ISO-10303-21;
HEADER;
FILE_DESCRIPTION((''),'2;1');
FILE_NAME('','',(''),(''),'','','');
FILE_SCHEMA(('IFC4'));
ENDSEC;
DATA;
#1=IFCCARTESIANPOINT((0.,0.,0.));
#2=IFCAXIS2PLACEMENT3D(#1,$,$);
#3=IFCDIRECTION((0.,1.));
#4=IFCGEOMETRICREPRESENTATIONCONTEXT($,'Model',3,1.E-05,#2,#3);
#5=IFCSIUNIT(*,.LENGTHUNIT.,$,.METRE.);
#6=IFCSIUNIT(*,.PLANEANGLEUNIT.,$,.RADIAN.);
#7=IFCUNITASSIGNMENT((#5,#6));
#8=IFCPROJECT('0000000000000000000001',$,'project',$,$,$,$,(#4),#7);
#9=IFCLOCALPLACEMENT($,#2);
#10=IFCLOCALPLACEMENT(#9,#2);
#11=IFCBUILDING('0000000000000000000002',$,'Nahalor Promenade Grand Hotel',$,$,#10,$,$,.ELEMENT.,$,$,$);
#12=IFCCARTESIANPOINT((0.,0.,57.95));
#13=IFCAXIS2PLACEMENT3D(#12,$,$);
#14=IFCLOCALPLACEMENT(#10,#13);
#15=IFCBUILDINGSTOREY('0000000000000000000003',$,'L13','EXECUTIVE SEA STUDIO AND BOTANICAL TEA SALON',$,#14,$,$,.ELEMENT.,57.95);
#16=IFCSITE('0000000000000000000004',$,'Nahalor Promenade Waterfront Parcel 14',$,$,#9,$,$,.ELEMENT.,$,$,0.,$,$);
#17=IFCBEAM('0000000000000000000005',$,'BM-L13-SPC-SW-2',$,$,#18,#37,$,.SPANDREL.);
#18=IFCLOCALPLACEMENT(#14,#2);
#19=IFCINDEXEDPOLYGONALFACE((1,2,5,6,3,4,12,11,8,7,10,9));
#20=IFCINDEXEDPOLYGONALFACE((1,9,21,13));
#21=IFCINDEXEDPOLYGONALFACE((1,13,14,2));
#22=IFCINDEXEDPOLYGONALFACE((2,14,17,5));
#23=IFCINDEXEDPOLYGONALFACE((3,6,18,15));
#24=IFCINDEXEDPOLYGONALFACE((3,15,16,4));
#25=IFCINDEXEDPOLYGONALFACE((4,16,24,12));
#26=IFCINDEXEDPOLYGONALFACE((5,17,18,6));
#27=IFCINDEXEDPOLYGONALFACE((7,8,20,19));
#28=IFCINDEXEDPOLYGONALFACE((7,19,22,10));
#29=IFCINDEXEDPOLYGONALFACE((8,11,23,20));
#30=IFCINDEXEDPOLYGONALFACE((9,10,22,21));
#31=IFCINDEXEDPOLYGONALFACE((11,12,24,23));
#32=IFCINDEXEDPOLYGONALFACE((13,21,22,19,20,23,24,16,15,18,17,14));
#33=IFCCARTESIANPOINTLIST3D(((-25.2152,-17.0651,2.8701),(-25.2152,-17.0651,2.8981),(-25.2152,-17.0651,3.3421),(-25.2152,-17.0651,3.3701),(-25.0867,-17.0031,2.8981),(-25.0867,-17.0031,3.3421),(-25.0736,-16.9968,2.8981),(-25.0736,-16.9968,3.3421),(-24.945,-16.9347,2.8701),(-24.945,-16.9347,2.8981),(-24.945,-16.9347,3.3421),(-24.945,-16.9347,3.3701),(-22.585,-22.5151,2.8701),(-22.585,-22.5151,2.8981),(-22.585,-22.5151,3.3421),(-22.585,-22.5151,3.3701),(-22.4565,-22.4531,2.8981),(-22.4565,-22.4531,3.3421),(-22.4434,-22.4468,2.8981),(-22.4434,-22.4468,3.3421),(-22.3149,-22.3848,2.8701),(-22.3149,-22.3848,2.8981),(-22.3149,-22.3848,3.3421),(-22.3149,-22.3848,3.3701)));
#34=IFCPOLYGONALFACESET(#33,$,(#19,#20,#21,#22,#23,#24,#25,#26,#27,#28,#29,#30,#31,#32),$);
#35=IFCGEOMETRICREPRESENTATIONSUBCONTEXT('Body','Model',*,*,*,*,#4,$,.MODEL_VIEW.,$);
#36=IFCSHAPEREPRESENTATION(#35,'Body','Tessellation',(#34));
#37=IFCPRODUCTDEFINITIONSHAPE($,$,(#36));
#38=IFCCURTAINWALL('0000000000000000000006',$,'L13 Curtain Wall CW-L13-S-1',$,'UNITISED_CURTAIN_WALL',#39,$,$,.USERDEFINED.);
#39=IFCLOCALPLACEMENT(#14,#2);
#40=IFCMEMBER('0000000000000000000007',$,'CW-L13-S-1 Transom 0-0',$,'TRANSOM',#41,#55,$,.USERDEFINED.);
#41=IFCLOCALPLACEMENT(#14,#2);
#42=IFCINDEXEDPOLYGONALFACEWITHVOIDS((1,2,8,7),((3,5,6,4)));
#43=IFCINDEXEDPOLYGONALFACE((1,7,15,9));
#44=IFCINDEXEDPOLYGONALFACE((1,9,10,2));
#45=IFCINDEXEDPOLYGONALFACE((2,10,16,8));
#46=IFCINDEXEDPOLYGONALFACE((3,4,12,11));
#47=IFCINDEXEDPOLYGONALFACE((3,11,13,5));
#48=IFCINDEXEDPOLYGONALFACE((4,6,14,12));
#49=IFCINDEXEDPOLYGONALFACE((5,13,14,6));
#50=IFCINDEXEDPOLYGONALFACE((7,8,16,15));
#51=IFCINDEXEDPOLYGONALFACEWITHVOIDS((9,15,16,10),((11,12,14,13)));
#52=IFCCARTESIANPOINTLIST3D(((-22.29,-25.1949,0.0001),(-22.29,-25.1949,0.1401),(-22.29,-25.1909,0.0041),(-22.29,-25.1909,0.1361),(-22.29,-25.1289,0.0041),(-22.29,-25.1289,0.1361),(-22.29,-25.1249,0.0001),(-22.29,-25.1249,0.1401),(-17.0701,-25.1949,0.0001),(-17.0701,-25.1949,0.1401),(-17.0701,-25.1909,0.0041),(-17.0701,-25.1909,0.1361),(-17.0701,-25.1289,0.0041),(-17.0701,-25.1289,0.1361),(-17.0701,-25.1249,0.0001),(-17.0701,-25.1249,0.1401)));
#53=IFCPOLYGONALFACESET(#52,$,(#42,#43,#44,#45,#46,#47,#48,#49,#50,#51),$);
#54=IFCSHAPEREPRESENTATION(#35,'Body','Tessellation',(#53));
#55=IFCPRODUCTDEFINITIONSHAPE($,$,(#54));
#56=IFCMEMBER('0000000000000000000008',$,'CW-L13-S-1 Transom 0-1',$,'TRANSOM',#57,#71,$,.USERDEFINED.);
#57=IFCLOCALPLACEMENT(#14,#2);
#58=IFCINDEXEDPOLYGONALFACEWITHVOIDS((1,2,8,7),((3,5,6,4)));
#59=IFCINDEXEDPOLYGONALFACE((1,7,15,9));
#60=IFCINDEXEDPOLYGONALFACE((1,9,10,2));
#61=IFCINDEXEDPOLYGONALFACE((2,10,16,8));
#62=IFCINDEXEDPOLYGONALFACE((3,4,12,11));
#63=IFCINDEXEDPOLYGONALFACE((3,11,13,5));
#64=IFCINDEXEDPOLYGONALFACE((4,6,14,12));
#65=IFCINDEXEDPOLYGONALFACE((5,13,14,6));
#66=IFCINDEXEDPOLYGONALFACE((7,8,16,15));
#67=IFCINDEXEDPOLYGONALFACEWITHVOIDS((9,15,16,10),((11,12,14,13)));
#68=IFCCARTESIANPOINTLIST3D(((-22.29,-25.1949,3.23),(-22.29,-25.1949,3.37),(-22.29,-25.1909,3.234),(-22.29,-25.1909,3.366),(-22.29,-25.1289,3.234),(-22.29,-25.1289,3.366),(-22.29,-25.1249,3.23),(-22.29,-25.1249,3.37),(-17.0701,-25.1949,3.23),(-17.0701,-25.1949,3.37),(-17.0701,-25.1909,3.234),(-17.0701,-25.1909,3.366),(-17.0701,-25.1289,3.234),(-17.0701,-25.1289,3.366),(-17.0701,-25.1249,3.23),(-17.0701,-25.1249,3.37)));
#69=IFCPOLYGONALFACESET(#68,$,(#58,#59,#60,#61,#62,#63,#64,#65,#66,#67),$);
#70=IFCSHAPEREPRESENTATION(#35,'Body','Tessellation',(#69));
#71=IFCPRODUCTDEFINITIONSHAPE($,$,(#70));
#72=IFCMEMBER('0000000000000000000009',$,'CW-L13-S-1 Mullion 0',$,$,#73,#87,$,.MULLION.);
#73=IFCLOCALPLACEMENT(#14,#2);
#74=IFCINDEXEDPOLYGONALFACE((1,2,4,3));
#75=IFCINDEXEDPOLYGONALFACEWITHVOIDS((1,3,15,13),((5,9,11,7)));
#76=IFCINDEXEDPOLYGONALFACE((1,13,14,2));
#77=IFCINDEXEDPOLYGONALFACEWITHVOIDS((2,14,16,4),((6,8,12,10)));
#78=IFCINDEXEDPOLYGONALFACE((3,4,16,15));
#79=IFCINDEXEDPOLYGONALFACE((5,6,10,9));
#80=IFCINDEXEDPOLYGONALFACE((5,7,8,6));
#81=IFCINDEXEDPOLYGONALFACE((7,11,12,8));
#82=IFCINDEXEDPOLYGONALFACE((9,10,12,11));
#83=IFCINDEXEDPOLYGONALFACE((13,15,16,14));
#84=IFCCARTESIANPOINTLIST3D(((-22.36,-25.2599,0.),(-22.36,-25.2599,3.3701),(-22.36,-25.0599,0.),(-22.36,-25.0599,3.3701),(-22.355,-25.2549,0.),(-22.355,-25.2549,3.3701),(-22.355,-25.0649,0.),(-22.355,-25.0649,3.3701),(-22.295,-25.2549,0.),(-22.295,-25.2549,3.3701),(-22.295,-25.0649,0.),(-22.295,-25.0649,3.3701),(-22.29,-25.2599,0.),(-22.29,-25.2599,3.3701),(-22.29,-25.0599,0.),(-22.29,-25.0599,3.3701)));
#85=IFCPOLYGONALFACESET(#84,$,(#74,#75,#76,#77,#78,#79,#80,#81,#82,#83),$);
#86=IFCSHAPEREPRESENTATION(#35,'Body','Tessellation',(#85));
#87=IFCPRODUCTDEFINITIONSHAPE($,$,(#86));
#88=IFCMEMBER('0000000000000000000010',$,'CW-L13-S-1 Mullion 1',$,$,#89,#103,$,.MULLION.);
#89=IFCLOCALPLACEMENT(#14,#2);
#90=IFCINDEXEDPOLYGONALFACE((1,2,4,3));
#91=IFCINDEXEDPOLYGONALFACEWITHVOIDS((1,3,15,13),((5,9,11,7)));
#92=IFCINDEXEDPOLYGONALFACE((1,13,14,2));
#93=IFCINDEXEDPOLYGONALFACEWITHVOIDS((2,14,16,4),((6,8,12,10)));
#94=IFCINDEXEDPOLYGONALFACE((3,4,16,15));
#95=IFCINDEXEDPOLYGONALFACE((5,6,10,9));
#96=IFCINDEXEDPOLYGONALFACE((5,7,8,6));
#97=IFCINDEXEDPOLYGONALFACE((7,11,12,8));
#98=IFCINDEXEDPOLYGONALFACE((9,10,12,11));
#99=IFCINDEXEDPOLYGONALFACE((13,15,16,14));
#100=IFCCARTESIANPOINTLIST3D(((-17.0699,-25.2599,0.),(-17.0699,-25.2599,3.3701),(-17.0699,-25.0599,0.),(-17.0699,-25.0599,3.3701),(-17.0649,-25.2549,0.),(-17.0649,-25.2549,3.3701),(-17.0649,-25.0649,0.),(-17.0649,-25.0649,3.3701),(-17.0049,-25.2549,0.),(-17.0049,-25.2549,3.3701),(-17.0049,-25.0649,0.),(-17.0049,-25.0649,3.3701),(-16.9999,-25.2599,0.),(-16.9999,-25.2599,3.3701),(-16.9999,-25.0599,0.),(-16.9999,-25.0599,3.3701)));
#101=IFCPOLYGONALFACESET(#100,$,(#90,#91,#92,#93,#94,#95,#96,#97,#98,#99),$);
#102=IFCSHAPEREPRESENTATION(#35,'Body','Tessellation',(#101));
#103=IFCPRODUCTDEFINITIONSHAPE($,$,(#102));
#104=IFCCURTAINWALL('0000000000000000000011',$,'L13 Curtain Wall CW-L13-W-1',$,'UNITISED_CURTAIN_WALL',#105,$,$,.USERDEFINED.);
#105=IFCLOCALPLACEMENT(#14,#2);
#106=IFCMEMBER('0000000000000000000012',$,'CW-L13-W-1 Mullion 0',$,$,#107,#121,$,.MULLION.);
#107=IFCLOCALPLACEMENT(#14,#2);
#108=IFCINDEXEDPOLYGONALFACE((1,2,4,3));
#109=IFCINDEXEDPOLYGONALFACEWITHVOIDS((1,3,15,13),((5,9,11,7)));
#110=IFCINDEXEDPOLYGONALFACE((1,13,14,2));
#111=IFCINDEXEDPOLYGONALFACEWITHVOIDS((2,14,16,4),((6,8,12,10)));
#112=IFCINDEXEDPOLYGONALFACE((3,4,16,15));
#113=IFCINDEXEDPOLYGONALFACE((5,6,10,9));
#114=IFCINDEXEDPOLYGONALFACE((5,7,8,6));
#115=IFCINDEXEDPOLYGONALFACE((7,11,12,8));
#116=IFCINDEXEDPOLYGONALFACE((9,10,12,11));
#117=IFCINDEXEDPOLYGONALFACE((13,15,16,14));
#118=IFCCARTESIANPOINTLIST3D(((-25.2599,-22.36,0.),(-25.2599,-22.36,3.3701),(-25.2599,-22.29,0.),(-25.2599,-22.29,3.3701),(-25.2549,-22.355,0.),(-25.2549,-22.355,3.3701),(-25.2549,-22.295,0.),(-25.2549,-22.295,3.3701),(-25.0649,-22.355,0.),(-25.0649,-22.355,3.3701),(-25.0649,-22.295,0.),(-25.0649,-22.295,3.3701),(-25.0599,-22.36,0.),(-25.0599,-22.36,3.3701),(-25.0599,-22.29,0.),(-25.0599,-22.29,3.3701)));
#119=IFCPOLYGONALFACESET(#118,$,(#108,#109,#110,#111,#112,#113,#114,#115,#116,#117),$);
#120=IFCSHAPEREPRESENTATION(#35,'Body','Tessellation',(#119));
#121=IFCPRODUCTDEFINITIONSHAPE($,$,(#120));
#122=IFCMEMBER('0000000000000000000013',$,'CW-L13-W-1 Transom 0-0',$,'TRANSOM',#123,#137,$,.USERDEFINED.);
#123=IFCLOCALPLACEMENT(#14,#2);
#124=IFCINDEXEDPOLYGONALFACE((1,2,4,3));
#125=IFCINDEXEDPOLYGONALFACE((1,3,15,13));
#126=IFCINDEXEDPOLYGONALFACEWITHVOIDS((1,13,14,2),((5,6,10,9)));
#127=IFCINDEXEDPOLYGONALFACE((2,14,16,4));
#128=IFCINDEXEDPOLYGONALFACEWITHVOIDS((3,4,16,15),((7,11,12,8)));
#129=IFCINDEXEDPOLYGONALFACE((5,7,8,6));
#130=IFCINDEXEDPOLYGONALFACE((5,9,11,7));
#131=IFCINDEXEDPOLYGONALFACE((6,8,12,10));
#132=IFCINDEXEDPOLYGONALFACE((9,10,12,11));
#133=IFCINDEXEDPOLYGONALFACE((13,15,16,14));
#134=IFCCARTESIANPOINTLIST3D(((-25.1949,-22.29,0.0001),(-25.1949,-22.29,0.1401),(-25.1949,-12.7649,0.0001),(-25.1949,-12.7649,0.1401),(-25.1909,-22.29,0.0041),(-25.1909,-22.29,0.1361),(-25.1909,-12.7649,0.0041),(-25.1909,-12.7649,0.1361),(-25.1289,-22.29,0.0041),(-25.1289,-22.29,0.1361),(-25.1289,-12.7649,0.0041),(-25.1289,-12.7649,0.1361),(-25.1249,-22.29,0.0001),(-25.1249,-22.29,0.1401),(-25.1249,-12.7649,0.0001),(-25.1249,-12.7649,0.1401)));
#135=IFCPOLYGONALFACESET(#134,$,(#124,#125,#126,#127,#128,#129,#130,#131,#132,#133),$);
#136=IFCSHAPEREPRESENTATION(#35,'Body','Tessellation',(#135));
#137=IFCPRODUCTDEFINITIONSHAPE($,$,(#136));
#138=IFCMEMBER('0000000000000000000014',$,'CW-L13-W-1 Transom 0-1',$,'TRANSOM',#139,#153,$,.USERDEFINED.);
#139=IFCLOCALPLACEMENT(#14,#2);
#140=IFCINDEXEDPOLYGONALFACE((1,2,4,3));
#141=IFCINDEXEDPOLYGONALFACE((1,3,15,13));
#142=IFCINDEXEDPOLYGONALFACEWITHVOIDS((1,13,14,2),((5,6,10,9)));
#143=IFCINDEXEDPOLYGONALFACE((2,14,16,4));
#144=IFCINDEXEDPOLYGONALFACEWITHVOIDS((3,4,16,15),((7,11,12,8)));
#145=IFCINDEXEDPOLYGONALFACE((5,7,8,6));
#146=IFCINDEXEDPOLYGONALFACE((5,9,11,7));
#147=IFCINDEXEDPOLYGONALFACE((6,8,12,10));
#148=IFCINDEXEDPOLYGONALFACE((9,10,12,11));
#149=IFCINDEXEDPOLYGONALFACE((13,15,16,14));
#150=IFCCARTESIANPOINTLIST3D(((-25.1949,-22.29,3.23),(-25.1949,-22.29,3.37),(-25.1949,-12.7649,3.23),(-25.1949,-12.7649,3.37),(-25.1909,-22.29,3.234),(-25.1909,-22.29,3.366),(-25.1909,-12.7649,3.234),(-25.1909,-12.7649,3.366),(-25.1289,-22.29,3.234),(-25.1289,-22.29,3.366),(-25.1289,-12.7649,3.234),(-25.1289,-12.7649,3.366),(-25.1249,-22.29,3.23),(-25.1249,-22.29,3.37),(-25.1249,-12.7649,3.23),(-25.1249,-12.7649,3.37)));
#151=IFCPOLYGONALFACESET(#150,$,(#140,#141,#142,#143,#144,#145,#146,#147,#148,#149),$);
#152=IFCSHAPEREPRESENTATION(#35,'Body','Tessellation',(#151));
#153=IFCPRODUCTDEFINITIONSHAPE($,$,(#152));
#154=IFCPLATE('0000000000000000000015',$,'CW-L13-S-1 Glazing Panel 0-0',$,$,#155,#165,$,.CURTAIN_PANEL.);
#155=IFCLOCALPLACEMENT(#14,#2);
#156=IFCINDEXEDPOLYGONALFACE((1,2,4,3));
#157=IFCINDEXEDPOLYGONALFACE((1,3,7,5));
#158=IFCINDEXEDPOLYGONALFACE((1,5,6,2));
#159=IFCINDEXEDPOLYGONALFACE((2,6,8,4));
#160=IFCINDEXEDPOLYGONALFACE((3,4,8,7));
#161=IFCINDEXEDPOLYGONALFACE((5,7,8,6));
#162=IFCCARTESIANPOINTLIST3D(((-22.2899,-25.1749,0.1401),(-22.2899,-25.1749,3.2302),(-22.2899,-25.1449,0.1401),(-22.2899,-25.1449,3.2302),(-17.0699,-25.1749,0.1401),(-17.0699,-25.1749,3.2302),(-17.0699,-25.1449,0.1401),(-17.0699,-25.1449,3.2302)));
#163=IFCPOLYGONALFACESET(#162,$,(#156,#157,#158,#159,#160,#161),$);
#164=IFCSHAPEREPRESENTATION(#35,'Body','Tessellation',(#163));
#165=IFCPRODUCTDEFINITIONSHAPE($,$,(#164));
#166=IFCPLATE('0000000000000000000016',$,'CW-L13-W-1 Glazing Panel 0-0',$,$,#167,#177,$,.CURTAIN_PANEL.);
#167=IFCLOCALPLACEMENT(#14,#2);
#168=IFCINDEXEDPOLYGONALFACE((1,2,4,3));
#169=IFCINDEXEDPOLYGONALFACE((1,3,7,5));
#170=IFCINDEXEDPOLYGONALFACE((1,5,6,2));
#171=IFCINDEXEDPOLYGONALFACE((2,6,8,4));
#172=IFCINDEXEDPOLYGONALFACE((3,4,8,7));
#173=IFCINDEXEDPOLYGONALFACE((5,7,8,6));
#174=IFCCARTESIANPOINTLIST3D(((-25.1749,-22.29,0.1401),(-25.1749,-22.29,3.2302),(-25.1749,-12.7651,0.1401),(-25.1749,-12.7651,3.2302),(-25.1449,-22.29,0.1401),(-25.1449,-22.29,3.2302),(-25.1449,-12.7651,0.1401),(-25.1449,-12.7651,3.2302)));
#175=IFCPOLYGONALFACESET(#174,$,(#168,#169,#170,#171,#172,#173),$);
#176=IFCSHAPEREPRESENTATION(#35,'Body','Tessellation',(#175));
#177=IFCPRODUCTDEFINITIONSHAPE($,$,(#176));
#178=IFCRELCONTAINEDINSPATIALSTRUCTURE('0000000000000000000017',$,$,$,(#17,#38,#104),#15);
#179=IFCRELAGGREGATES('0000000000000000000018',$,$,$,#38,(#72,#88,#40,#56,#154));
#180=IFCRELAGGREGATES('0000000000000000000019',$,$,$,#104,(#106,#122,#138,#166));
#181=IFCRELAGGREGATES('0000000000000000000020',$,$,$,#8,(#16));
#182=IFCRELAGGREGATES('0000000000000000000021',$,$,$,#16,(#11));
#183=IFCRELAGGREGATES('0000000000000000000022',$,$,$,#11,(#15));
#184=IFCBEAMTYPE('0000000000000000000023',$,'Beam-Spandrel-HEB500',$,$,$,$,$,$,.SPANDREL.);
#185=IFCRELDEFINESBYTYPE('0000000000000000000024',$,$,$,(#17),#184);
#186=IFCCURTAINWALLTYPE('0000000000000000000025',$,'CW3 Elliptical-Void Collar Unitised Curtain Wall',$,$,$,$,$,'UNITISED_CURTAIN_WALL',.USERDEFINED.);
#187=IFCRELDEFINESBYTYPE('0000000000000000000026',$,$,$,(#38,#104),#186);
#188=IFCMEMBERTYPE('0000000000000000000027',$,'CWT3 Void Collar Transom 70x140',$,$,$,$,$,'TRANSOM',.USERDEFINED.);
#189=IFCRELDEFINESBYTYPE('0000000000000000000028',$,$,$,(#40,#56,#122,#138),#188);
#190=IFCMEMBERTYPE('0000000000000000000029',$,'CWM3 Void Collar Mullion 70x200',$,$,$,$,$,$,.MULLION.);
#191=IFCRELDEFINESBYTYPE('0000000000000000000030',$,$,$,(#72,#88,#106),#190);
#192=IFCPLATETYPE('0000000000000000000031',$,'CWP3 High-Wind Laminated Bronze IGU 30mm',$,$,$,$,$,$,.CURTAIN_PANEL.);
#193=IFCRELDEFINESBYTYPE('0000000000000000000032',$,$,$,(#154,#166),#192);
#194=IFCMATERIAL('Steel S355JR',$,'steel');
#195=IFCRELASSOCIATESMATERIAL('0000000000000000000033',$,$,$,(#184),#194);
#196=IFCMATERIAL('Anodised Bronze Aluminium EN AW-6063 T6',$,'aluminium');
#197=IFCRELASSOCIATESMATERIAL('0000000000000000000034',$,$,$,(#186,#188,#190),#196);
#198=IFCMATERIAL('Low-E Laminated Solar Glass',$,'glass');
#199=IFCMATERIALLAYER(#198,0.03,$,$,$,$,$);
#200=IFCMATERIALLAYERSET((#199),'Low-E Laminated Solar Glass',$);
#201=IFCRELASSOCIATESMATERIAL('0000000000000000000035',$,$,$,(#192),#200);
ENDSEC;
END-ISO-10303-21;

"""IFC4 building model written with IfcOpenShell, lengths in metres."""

from ifc_helpers import new_model, si_unit, direction, frame, origin, origin_2d, place, context, subcontext, project, spatial, rectangle, hollow_rectangle, i_section, extrude, source, transform, mapped, material, layer, layer_set, material_profile, profile_set, type_object, element, aggregate, save


model = new_model("IFC4")

# Units and contexts
model_context = context("Model", 3, precision=1e-05, world=origin(), true_north=direction((0.0, 1.0)))
body_context = subcontext(model_context, "Body", "Model", "MODEL_VIEW")
ifc_project = project(units=[si_unit("LENGTHUNIT", "METRE"), si_unit("PLANEANGLEUNIT", "RADIAN")], contexts=[model_context])

# Site, building, storey
site_placement = place(None, origin())
site = spatial("IfcSite", under=ifc_project, at=site_placement, Name="Nahalor Promenade Waterfront Parcel 14", CompositionType="ELEMENT", RefElevation=0.0)
building_placement = place(site_placement, origin())
building = spatial("IfcBuilding", under=site, at=building_placement, Name="Nahalor Promenade Grand Hotel", CompositionType="ELEMENT")
storey_placement = place(building_placement, frame((0.0, 0.0, 57.95)))
storey = spatial("IfcBuildingStorey", under=building, at=storey_placement, Name="L13", Description="EXECUTIVE SEA STUDIO AND BOTANICAL TEA SALON", CompositionType="ELEMENT", Elevation=57.95)

# Beam
ifc_material_1 = material(Name="Steel S355JR", Category="steel")
ifc_material_profile_1 = material_profile(ifc_material_1, i_section(OverallWidth=0.3, OverallDepth=0.5, WebThickness=0.0145, FlangeThickness=0.028, at=origin_2d()), Name="HEB 500")
ifc_profile_set_1 = profile_set([ifc_material_profile_1], Name="Steel S355JR")
beam_type_1 = type_object("IfcBeamType", Name="Beam-Spandrel-HEB500", PredefinedType="SPANDREL", material=ifc_profile_set_1)
shared_shape_1 = source(origin(), body_context, "Body", "SweptSolid", [
    extrude(i_section(OverallWidth=0.3, OverallDepth=0.5, WebThickness=0.0145, FlangeThickness=0.028, at=origin_2d()), origin(), (0.0, 0.0, 1.0), 6.0515),
])
for number, where, z_axis, x_axis, name in (
    (1, (-22.45, -22.45, 3.1201), (-0.434631, 0.900609, 0.0), (-0.900609, -0.434631, 0.0), "BM-L13-SPC-SW-2"),
):
    element("IfcBeam", number, at=place(storey_placement, frame(where, z_axis=z_axis, x_axis=x_axis)), inside=storey, type_object=beam_type_1, Name=name, PredefinedType="SPANDREL", context=body_context, shape_type="MappedRepresentation", body=[
        mapped(shared_shape_1, transform((0.0, 0.0, 0.0), scale=1.0)),
    ])

# Curtain walls, members
ifc_material_2 = material(Name="Anodised Bronze Aluminium EN AW-6063 T6", Category="aluminium")
curtain_wall_type = type_object("IfcCurtainWallType", Name="CW3 Elliptical-Void Collar Unitised Curtain Wall", ElementType="UNITISED_CURTAIN_WALL", PredefinedType="USERDEFINED", material=ifc_material_2)
curtain_wall_1_placement = place(storey_placement, origin())
curtain_wall_1 = element("IfcCurtainWall", 2, at=curtain_wall_1_placement, inside=storey, type_object=curtain_wall_type, Name="L13 Curtain Wall CW-L13-S-1", ObjectType="UNITISED_CURTAIN_WALL", PredefinedType="USERDEFINED")
ifc_material_profile_2 = material_profile(ifc_material_2, hollow_rectangle(XDim=0.07, YDim=0.14, WallThickness=0.004, at=origin_2d()), Name="CWT 70x140x4")
ifc_profile_set_2 = profile_set([ifc_material_profile_2], Name="Anodised Bronze Aluminium EN AW-6063 T6")
member_type_1 = type_object("IfcMemberType", Name="CWT3 Void Collar Transom 70x140", ElementType="TRANSOM", PredefinedType="USERDEFINED", material=ifc_profile_set_2)
shared_shape_2 = source(origin(), body_context, "Body", "SweptSolid", [
    extrude(hollow_rectangle(XDim=0.07, YDim=0.14, WallThickness=0.004, at=origin_2d()), origin(), (0.0, 0.0, 1.0), 5.22),
])
member_1_placement = place(storey_placement, frame((-22.29, -25.1599, 0.0701), z_axis=(1.0, 0.0, 0.0), x_axis=(0.0, 1.0, 0.0)))
member_1 = element("IfcMember", 3, at=member_1_placement, type_object=member_type_1, Name="CW-L13-S-1 Transom 0-0", ObjectType="TRANSOM", PredefinedType="USERDEFINED", context=body_context, shape_type="MappedRepresentation", body=[
    mapped(shared_shape_2, transform((0.0, 0.0, 0.0), scale=1.0)),
])
member_2_placement = place(storey_placement, frame((-22.29, -25.1599, 3.3), z_axis=(1.0, 0.0, 0.0), x_axis=(0.0, 1.0, 0.0)))
member_2 = element("IfcMember", 4, at=member_2_placement, type_object=member_type_1, Name="CW-L13-S-1 Transom 0-1", ObjectType="TRANSOM", PredefinedType="USERDEFINED", context=body_context, shape_type="MappedRepresentation", body=[
    mapped(shared_shape_2, transform((0.0, 0.0, 0.0), scale=1.0)),
])
ifc_material_profile_3 = material_profile(ifc_material_2, hollow_rectangle(XDim=0.07, YDim=0.2, WallThickness=0.005, at=origin_2d()), Name="CWM 70x200x5")
ifc_profile_set_3 = profile_set([ifc_material_profile_3], Name="Anodised Bronze Aluminium EN AW-6063 T6")
member_type_2 = type_object("IfcMemberType", Name="CWM3 Void Collar Mullion 70x200", PredefinedType="MULLION", material=ifc_profile_set_3)
shared_shape_3 = source(origin(), body_context, "Body", "SweptSolid", [
    extrude(hollow_rectangle(XDim=0.07, YDim=0.2, WallThickness=0.005, at=origin_2d()), origin(), (0.0, 0.0, 1.0), 3.3701),
])
member_3_placement = place(storey_placement, frame((-22.325, -25.1599, 0.0), z_axis=(0.0, 0.0, 1.0), x_axis=(1.0, 0.0, 0.0)))
member_3 = element("IfcMember", 5, at=member_3_placement, type_object=member_type_2, Name="CW-L13-S-1 Mullion 0", PredefinedType="MULLION", context=body_context, shape_type="MappedRepresentation", body=[
    mapped(shared_shape_3, transform((0.0, 0.0, 0.0), scale=1.0)),
])
member_4_placement = place(storey_placement, frame((-17.0349, -25.1599, 0.0), z_axis=(0.0, 0.0, 1.0), x_axis=(1.0, 0.0, 0.0)))
member_4 = element("IfcMember", 6, at=member_4_placement, type_object=member_type_2, Name="CW-L13-S-1 Mullion 1", PredefinedType="MULLION", context=body_context, shape_type="MappedRepresentation", body=[
    mapped(shared_shape_3, transform((0.0, 0.0, 0.0), scale=1.0)),
])
curtain_wall_2_placement = place(storey_placement, origin())
curtain_wall_2 = element("IfcCurtainWall", 7, at=curtain_wall_2_placement, inside=storey, type_object=curtain_wall_type, Name="L13 Curtain Wall CW-L13-W-1", ObjectType="UNITISED_CURTAIN_WALL", PredefinedType="USERDEFINED")
member_5_placement = place(storey_placement, frame((-25.1599, -22.325, 0.0), z_axis=(0.0, 0.0, 1.0), x_axis=(0.0, 1.0, 0.0)))
member_5 = element("IfcMember", 8, at=member_5_placement, type_object=member_type_2, Name="CW-L13-W-1 Mullion 0", PredefinedType="MULLION", context=body_context, shape_type="MappedRepresentation", body=[
    mapped(shared_shape_3, transform((0.0, 0.0, 0.0), scale=1.0)),
])
shared_shape_4 = source(origin(), body_context, "Body", "SweptSolid", [
    extrude(hollow_rectangle(XDim=0.07, YDim=0.14, WallThickness=0.004, at=origin_2d()), origin(), (0.0, 0.0, 1.0), 9.5251),
])
member_6_placement = place(storey_placement, frame((-25.1599, -22.29, 0.0701), z_axis=(0.0, 1.0, 0.0), x_axis=(-1.0, 0.0, 0.0)))
member_6 = element("IfcMember", 9, at=member_6_placement, type_object=member_type_1, Name="CW-L13-W-1 Transom 0-0", ObjectType="TRANSOM", PredefinedType="USERDEFINED", context=body_context, shape_type="MappedRepresentation", body=[
    mapped(shared_shape_4, transform((0.0, 0.0, 0.0), scale=1.0)),
])
member_7_placement = place(storey_placement, frame((-25.1599, -22.29, 3.3), z_axis=(0.0, 1.0, 0.0), x_axis=(-1.0, 0.0, 0.0)))
member_7 = element("IfcMember", 10, at=member_7_placement, type_object=member_type_1, Name="CW-L13-W-1 Transom 0-1", ObjectType="TRANSOM", PredefinedType="USERDEFINED", context=body_context, shape_type="MappedRepresentation", body=[
    mapped(shared_shape_4, transform((0.0, 0.0, 0.0), scale=1.0)),
])

# Plates
ifc_material_3 = material(Name="Low-E Laminated Solar Glass", Category="glass")
ifc_layer_1 = layer(ifc_material_3, 0.03)
ifc_layer_set_1 = layer_set([ifc_layer_1], Name="Low-E Laminated Solar Glass")
plate_type = type_object("IfcPlateType", Name="CWP3 High-Wind Laminated Bronze IGU 30mm", PredefinedType="CURTAIN_PANEL", material=ifc_layer_set_1)
shared_shape_5 = source(origin(), body_context, "Body", "SweptSolid", [
    extrude(rectangle(XDim=5.22, YDim=0.03, at=origin_2d()), origin(), (0.0, 0.0, 1.0), 3.0901),
])
plate_1_placement = place(storey_placement, frame((-19.6799, -25.1599, 0.1401), z_axis=(0.0, 0.0, 1.0), x_axis=(1.0, 0.0, 0.0)))
plate_1 = element("IfcPlate", 11, at=plate_1_placement, type_object=plate_type, Name="CW-L13-S-1 Glazing Panel 0-0", PredefinedType="CURTAIN_PANEL", context=body_context, shape_type="MappedRepresentation", body=[
    mapped(shared_shape_5, transform((0.0, 0.0, 0.0), scale=1.0)),
])
aggregate(curtain_wall_1, [member_3, member_4, member_1, member_2, plate_1])
shared_shape_6 = source(origin(), body_context, "Body", "SweptSolid", [
    extrude(rectangle(XDim=9.5249, YDim=0.03, at=origin_2d()), origin(), (0.0, 0.0, 1.0), 3.0901),
])
plate_2_placement = place(storey_placement, frame((-25.1599, -17.5276, 0.1401), z_axis=(0.0, 0.0, 1.0), x_axis=(0.0, 1.0, 0.0)))
plate_2 = element("IfcPlate", 12, at=plate_2_placement, type_object=plate_type, Name="CW-L13-W-1 Glazing Panel 0-0", PredefinedType="CURTAIN_PANEL", context=body_context, shape_type="MappedRepresentation", body=[
    mapped(shared_shape_6, transform((0.0, 0.0, 0.0), scale=1.0)),
])
aggregate(curtain_wall_2, [member_5, member_6, member_7, plate_2])

save(model, "model.ifc")
